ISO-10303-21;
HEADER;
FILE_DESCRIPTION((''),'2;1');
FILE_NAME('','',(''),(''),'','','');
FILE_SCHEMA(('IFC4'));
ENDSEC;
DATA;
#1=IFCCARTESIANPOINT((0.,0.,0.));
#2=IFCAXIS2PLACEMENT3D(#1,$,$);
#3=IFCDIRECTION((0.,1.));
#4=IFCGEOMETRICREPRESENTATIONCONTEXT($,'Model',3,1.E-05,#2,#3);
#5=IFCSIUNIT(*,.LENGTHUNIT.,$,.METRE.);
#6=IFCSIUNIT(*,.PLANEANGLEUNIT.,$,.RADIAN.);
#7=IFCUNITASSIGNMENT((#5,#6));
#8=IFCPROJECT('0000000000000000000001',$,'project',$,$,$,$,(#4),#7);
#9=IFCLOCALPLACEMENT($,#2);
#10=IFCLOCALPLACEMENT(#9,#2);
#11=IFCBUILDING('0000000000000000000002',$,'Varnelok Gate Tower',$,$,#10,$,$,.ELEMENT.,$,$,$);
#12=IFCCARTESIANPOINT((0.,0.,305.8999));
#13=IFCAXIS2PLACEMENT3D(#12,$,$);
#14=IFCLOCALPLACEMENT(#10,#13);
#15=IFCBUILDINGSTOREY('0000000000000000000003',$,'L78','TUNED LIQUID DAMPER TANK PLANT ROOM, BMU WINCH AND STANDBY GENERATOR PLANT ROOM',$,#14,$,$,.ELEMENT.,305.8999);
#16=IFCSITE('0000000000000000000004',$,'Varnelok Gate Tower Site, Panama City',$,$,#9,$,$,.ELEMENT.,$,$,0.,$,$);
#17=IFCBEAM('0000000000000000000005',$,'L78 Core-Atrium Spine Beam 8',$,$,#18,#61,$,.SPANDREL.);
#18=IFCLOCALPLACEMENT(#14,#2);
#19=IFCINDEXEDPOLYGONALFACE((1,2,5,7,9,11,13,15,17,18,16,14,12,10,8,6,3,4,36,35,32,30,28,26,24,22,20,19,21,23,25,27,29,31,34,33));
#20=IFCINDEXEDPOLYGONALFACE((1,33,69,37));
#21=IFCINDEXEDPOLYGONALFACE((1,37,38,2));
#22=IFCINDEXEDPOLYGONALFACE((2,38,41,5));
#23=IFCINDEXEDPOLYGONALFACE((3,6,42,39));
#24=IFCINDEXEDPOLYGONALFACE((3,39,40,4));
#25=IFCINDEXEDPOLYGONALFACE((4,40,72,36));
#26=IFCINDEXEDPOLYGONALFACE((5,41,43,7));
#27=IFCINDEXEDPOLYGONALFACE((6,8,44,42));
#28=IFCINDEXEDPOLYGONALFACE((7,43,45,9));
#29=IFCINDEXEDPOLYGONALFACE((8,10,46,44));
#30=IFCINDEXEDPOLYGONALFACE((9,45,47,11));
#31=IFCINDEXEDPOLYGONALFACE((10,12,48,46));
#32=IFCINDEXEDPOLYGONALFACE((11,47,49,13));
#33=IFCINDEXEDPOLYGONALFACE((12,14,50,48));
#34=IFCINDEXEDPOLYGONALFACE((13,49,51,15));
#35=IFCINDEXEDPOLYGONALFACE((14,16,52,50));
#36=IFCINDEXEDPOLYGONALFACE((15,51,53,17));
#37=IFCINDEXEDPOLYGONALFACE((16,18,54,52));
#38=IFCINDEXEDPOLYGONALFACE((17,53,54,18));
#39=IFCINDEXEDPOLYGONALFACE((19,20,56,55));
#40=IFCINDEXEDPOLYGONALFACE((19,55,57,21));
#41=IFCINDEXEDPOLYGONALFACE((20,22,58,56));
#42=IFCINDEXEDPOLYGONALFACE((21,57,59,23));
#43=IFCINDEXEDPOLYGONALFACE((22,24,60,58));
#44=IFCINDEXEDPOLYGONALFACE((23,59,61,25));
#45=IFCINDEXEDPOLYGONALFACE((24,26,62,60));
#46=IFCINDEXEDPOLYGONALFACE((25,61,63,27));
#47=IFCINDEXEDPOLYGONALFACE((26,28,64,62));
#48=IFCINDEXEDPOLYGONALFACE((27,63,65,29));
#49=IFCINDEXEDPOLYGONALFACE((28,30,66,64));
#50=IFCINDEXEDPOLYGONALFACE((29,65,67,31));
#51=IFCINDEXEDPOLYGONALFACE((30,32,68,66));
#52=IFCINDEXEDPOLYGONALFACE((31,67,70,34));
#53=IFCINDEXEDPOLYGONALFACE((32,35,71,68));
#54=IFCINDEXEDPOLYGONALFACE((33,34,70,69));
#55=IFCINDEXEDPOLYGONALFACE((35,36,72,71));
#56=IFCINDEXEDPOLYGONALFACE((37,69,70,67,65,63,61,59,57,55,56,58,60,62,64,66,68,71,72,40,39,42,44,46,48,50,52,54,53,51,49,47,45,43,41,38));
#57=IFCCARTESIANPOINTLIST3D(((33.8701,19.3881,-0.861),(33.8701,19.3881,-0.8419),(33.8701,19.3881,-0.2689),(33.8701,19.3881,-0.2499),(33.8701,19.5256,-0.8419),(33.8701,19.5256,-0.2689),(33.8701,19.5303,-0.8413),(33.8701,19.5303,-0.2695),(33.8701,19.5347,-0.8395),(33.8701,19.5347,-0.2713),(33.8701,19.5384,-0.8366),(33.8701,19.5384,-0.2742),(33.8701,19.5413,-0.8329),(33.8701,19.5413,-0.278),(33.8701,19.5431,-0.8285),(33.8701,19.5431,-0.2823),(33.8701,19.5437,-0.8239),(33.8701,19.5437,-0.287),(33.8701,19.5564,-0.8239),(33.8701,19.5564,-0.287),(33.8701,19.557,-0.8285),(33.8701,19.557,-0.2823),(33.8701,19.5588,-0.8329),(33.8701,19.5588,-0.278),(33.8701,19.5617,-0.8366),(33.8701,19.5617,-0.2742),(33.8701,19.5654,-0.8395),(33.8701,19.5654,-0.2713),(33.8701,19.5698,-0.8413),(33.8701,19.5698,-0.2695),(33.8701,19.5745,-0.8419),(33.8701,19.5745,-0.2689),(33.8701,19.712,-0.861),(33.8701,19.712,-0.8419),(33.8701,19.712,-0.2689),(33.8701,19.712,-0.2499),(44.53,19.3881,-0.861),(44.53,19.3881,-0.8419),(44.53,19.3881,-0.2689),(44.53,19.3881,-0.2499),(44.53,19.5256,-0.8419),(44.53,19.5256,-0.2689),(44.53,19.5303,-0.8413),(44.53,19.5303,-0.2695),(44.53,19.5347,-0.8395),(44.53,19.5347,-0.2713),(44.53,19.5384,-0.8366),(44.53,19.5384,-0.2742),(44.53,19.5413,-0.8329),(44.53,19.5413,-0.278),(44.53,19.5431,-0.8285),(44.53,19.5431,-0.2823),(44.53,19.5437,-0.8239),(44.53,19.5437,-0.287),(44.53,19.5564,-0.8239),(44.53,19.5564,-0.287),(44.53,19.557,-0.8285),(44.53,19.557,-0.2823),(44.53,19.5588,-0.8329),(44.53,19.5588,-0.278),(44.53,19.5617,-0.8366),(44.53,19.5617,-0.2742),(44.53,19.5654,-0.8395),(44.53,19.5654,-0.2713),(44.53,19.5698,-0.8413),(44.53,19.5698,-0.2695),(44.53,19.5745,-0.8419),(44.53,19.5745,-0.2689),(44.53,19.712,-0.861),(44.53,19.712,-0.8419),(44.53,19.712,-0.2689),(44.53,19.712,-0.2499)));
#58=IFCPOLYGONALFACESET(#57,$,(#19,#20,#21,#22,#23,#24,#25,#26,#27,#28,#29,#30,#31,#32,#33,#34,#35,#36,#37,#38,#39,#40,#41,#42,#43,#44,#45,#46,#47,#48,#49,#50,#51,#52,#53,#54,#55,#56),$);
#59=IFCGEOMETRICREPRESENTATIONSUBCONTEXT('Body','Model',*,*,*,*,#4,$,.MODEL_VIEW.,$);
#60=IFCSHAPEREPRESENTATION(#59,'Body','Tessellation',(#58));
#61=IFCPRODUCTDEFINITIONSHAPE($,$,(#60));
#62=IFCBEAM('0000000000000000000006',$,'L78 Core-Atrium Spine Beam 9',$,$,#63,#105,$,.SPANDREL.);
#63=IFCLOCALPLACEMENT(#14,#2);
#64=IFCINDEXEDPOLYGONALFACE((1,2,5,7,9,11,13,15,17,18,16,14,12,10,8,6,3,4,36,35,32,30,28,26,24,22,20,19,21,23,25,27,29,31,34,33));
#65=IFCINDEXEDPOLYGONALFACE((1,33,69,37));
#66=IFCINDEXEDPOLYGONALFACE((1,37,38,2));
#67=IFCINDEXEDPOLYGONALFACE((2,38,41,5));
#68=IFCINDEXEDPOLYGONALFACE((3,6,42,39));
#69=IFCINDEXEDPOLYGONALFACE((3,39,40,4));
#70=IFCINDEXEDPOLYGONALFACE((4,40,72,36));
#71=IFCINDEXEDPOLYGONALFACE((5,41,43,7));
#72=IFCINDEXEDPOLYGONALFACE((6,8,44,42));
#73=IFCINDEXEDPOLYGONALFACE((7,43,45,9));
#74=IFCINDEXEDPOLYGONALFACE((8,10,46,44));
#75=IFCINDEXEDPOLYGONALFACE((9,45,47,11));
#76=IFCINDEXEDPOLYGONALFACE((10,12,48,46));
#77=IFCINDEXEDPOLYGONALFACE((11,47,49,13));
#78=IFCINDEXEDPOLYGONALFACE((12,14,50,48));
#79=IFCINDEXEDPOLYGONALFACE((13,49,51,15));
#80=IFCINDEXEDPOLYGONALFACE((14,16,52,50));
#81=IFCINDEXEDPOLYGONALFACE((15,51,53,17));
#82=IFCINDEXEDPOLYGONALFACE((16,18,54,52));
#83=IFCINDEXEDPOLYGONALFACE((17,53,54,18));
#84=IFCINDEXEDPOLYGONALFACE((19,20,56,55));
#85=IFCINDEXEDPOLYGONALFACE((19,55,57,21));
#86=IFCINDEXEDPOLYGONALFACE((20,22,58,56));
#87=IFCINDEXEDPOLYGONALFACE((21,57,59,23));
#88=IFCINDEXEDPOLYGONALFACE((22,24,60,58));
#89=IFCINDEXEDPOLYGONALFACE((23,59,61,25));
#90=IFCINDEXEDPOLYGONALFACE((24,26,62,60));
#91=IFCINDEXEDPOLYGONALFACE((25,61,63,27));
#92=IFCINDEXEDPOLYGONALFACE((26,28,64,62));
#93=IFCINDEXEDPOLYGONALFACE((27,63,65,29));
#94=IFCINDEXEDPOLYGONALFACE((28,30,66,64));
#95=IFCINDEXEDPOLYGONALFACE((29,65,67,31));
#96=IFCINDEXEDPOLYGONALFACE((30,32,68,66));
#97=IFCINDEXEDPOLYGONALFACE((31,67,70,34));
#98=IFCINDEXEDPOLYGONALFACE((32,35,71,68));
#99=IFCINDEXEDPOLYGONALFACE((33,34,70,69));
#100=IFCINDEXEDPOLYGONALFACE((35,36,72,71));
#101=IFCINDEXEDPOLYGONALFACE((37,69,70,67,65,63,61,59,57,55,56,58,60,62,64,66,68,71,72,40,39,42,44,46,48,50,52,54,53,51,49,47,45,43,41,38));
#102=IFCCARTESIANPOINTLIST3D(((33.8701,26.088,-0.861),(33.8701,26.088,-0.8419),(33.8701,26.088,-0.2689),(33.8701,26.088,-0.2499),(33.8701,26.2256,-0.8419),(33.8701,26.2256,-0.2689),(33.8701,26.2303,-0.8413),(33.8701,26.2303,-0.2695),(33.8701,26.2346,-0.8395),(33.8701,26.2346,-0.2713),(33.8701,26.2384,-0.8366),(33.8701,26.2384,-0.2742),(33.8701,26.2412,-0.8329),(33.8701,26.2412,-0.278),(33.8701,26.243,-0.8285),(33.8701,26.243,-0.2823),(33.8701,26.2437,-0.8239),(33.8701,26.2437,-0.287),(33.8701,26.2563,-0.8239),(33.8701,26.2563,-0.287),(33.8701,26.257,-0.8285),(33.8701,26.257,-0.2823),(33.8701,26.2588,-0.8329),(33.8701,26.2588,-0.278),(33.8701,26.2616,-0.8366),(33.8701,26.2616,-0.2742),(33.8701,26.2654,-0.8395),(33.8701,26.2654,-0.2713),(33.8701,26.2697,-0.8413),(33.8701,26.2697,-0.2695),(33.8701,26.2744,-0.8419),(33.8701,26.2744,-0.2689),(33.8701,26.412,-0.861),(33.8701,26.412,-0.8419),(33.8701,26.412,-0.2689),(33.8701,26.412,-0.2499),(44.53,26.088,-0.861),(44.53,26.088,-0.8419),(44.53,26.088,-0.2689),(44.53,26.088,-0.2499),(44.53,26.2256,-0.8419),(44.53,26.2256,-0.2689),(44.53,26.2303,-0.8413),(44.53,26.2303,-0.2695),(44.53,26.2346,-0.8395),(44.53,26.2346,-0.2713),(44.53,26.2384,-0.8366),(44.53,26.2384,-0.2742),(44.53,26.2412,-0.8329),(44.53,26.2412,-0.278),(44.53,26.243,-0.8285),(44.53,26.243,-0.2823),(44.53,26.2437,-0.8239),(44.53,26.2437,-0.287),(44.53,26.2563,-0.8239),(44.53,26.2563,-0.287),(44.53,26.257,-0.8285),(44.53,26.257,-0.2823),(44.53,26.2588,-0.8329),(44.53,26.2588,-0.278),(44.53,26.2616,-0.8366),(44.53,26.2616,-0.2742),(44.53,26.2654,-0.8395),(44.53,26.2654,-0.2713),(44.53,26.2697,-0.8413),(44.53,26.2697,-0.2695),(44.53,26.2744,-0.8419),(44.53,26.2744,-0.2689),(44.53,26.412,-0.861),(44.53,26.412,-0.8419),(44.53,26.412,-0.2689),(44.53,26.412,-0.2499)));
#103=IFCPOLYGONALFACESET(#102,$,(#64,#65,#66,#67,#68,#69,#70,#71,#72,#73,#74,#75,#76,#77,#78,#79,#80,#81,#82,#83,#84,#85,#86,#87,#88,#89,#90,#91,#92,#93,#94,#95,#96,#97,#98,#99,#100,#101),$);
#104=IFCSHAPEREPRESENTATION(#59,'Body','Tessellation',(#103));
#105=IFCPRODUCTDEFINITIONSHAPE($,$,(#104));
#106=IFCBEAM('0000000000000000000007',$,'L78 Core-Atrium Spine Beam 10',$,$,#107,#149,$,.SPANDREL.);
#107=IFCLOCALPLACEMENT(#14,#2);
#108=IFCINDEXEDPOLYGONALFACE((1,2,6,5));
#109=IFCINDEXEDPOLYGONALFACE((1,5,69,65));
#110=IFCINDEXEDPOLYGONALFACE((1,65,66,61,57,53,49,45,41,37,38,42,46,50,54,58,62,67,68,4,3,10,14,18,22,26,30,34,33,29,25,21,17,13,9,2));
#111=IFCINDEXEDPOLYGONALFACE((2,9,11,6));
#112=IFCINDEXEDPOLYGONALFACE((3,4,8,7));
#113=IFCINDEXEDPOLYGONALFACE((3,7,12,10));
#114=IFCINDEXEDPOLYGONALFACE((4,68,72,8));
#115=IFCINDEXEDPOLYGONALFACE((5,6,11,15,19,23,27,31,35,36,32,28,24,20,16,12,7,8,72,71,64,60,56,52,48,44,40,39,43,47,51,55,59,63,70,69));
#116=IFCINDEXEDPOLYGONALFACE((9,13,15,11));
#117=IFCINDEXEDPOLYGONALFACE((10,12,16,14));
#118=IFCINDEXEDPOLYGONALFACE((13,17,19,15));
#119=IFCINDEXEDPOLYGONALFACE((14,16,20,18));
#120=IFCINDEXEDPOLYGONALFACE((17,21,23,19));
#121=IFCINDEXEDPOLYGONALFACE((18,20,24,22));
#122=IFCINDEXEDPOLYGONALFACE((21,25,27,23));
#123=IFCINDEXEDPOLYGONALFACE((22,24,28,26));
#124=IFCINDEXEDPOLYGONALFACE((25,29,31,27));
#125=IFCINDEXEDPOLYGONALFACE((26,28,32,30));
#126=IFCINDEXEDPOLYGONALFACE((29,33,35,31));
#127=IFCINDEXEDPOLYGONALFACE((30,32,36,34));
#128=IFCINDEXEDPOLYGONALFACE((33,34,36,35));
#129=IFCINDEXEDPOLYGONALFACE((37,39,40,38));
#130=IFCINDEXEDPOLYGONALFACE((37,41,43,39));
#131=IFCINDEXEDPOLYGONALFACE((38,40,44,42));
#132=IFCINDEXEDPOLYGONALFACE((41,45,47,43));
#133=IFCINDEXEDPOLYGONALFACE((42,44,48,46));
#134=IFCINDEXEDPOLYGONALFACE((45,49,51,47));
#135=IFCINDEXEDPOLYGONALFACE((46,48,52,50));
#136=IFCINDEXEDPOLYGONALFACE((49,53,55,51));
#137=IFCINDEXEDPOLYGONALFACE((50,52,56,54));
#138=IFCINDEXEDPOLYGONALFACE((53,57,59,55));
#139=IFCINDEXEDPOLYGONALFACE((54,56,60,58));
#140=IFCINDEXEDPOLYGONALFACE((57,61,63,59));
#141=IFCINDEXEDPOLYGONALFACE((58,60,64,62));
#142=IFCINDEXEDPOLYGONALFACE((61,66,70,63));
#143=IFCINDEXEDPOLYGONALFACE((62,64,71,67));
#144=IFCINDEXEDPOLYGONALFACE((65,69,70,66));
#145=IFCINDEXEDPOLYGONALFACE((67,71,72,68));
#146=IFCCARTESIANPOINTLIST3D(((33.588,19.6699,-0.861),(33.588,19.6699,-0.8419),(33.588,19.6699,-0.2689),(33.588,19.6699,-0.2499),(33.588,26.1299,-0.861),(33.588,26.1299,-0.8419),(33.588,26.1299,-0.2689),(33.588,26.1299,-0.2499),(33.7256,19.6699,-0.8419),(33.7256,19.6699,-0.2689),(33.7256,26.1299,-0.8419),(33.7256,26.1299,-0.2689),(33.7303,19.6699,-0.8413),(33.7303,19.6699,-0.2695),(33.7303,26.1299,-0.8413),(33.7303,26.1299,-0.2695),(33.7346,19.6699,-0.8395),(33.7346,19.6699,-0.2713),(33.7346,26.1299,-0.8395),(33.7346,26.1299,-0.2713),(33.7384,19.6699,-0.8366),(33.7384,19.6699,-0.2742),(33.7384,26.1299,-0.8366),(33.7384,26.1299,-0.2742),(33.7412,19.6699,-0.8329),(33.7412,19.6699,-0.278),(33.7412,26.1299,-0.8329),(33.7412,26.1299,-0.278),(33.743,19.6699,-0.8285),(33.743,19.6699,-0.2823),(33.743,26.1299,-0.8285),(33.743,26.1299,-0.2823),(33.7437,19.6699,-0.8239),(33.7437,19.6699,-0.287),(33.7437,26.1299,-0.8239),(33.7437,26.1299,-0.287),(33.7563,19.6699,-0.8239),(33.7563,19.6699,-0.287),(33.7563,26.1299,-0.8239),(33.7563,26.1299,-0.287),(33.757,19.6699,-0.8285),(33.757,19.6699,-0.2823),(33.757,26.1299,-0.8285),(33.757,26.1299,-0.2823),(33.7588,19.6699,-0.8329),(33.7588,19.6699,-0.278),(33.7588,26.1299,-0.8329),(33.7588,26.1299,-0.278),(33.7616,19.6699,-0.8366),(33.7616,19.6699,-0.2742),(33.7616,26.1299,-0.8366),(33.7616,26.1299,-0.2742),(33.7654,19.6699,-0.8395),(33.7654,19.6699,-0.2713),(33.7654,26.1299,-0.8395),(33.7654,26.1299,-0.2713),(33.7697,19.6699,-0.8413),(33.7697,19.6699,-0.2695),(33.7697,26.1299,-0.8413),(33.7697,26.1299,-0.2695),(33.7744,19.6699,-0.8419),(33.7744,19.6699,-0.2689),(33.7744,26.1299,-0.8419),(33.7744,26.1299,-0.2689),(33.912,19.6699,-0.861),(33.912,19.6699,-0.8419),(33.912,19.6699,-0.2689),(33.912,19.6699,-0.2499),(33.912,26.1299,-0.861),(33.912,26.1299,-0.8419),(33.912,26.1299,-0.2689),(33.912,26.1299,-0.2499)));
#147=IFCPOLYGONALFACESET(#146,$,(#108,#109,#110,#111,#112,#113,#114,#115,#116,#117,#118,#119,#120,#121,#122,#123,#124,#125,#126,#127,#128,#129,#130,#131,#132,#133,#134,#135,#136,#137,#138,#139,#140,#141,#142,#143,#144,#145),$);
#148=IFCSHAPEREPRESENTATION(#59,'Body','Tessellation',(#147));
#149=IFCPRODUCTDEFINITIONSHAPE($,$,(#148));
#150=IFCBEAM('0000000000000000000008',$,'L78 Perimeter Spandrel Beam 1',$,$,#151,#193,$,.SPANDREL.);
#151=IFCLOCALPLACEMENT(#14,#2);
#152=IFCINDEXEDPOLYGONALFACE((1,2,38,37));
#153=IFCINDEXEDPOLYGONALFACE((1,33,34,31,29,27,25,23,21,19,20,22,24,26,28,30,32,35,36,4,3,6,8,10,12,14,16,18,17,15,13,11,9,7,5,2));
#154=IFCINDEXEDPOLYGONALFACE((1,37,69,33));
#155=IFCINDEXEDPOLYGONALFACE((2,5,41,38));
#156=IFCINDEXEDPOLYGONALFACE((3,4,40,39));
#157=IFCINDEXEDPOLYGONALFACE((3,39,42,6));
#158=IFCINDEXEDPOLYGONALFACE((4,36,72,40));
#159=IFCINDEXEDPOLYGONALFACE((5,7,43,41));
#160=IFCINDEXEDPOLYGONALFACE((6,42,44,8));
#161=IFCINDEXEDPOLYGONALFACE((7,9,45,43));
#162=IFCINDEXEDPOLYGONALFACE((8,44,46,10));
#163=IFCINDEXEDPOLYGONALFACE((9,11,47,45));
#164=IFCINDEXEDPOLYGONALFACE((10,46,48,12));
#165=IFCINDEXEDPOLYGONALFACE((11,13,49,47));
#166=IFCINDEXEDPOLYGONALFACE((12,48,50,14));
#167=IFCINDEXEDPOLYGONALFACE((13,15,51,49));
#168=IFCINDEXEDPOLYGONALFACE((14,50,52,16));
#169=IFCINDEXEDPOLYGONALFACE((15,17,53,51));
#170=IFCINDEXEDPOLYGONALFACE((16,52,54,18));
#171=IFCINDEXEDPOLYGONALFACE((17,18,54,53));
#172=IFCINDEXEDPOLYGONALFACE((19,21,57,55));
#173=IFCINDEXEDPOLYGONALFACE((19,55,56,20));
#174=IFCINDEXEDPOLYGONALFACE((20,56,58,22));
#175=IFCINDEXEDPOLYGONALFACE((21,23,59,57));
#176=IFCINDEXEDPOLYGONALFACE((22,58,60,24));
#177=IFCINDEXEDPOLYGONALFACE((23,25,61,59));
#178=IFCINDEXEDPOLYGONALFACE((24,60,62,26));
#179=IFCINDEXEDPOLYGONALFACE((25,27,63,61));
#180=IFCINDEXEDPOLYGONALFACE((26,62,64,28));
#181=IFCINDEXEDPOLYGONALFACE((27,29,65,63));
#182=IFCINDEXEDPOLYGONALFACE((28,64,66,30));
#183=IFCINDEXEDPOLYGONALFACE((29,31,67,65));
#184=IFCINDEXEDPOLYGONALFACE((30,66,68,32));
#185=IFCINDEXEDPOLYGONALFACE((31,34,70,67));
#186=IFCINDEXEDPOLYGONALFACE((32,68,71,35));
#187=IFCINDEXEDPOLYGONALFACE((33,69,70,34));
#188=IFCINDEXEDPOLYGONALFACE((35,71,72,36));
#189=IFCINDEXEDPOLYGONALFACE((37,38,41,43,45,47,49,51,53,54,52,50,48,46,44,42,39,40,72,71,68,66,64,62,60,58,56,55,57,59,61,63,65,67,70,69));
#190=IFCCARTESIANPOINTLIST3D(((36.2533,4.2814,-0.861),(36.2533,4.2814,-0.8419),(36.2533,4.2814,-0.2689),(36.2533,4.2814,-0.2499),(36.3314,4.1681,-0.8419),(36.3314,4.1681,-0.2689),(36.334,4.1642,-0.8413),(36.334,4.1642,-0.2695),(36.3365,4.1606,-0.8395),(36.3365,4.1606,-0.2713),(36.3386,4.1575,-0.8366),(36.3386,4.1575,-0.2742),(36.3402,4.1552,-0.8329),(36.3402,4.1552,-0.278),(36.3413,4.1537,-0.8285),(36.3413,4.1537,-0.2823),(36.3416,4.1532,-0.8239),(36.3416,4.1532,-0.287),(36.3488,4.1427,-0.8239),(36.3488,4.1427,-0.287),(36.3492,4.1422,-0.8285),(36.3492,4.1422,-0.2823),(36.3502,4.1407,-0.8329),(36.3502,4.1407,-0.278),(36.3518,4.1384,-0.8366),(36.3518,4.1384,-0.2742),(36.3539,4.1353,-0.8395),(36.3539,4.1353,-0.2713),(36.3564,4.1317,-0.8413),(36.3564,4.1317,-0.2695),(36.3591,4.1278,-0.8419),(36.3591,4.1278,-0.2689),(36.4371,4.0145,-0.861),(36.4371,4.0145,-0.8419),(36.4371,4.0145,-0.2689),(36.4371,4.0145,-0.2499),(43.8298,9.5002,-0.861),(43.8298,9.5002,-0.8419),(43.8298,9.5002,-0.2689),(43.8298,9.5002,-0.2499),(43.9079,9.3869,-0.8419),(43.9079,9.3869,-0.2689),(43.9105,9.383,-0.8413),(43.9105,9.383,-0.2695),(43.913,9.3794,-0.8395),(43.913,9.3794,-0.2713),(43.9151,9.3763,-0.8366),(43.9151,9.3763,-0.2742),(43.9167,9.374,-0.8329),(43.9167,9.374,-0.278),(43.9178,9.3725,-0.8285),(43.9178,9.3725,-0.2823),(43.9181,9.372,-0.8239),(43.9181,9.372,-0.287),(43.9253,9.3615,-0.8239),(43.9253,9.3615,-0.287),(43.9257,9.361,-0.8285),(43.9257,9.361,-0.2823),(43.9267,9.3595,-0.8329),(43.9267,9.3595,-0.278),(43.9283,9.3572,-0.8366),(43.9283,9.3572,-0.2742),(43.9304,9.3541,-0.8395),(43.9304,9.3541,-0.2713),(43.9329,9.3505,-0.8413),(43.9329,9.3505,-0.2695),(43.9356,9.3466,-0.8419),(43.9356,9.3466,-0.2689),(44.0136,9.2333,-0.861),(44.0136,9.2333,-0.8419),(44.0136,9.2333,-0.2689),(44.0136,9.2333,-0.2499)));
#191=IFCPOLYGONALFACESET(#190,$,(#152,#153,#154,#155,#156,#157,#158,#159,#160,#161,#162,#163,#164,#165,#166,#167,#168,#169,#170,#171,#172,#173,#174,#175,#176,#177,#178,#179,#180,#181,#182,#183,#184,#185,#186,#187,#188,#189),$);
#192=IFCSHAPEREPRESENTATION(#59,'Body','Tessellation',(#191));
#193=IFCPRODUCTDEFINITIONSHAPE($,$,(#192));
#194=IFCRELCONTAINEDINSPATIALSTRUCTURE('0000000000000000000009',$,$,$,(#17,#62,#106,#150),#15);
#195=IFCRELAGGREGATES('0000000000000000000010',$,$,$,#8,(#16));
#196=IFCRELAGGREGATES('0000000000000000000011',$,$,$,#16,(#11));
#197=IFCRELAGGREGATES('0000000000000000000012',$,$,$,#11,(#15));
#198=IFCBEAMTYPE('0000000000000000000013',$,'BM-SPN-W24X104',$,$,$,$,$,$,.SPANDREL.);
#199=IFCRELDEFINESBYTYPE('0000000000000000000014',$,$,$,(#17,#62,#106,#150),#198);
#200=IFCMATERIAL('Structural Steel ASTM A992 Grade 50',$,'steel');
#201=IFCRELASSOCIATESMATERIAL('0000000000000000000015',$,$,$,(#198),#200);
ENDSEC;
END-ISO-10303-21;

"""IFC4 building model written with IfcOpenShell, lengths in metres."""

from ifc_helpers import new_model, si_unit, direction, frame, origin, origin_2d, place, context, subcontext, project, spatial, i_section, extrude, material, material_profile, profile_set, type_object, element, save


model = new_model("IFC4")

# Units and contexts
model_context = context("Model", 3, precision=1e-05, world=origin(), true_north=direction((0.0, 1.0)))
body_context = subcontext(model_context, "Body", "Model", "MODEL_VIEW")
ifc_project = project(units=[si_unit("LENGTHUNIT", "METRE"), si_unit("PLANEANGLEUNIT", "RADIAN")], contexts=[model_context])

# Site, building, storey
site_placement = place(None, origin())
site = spatial("IfcSite", under=ifc_project, at=site_placement, Name="Varnelok Gate Tower Site, Panama City", CompositionType="ELEMENT", RefElevation=0.0)
building_placement = place(site_placement, origin())
building = spatial("IfcBuilding", under=site, at=building_placement, Name="Varnelok Gate Tower", CompositionType="ELEMENT")
storey_placement = place(building_placement, frame((0.0, 0.0, 305.8999)))
storey = spatial("IfcBuildingStorey", under=building, at=storey_placement, Name="L78", Description="TUNED LIQUID DAMPER TANK PLANT ROOM, BMU WINCH AND STANDBY GENERATOR PLANT ROOM", CompositionType="ELEMENT", Elevation=305.8999)

# Shared definitions
ifc_material_1 = material(Name="Structural Steel ASTM A992 Grade 50", Category="steel")

# Beams
ifc_material_profile_1 = material_profile(ifc_material_1, i_section(OverallWidth=0.324, OverallDepth=0.6111, WebThickness=0.0127, FlangeThickness=0.019, FilletRadius=0.0181, at=origin_2d()), Name="W24X104")
ifc_profile_set_1 = profile_set([ifc_material_profile_1], Name="Structural Steel ASTM A992 Grade 50")
beam_type_1 = type_object("IfcBeamType", Name="BM-SPN-W24X104", PredefinedType="SPANDREL", material=ifc_profile_set_1)
for number, where, z_axis, x_axis, name in (
    (1, (33.8701, 19.55, -0.5554), (1.0, 0.0, 0.0), (0.0, 1.0, 0.0), "L78 Core-Atrium Spine Beam 8"),
    (2, (33.8701, 26.25, -0.5554), (1.0, 0.0, 0.0), (0.0, 1.0, 0.0), "L78 Core-Atrium Spine Beam 9"),
):
    element("IfcBeam", number, at=place(storey_placement, frame(where, z_axis=z_axis, x_axis=x_axis)), inside=storey, type_object=beam_type_1, Name=name, PredefinedType="SPANDREL", context=body_context, shape_type="SweptSolid", body=[
        extrude(i_section(OverallWidth=0.324, OverallDepth=0.6111, WebThickness=0.0127, FlangeThickness=0.019, FilletRadius=0.0181, at=origin_2d()), origin(), (0.0, 0.0, 1.0), 10.6599),
    ])
beam_1_placement = place(storey_placement, frame((33.75, 19.6699, -0.5554), z_axis=(0.0, 1.0, 0.0), x_axis=(-1.0, 0.0, 0.0)))
element("IfcBeam", 3, at=beam_1_placement, inside=storey, type_object=beam_type_1, Name="L78 Core-Atrium Spine Beam 10", PredefinedType="SPANDREL", context=body_context, shape_type="SweptSolid", body=[
    extrude(i_section(OverallWidth=0.324, OverallDepth=0.6111, WebThickness=0.0127, FlangeThickness=0.019, FilletRadius=0.0181, at=origin_2d()), origin(), (0.0, 0.0, 1.0), 6.46),
])
beam_2_placement = place(storey_placement, frame((36.3452, 4.1479, -0.5554), z_axis=(0.823536, 0.567264, 0.0), x_axis=(-0.567264, 0.823536, 0.0)))
element("IfcBeam", 4, at=beam_2_placement, inside=storey, type_object=beam_type_1, Name="L78 Perimeter Spandrel Beam 1", PredefinedType="SPANDREL", context=body_context, shape_type="SweptSolid", body=[
    extrude(i_section(OverallWidth=0.324, OverallDepth=0.6111, WebThickness=0.0127, FlangeThickness=0.019, FilletRadius=0.0181, at=origin_2d()), origin(), (0.0, 0.0, 1.0), 9.2),
])

save(model, "model.ifc")
